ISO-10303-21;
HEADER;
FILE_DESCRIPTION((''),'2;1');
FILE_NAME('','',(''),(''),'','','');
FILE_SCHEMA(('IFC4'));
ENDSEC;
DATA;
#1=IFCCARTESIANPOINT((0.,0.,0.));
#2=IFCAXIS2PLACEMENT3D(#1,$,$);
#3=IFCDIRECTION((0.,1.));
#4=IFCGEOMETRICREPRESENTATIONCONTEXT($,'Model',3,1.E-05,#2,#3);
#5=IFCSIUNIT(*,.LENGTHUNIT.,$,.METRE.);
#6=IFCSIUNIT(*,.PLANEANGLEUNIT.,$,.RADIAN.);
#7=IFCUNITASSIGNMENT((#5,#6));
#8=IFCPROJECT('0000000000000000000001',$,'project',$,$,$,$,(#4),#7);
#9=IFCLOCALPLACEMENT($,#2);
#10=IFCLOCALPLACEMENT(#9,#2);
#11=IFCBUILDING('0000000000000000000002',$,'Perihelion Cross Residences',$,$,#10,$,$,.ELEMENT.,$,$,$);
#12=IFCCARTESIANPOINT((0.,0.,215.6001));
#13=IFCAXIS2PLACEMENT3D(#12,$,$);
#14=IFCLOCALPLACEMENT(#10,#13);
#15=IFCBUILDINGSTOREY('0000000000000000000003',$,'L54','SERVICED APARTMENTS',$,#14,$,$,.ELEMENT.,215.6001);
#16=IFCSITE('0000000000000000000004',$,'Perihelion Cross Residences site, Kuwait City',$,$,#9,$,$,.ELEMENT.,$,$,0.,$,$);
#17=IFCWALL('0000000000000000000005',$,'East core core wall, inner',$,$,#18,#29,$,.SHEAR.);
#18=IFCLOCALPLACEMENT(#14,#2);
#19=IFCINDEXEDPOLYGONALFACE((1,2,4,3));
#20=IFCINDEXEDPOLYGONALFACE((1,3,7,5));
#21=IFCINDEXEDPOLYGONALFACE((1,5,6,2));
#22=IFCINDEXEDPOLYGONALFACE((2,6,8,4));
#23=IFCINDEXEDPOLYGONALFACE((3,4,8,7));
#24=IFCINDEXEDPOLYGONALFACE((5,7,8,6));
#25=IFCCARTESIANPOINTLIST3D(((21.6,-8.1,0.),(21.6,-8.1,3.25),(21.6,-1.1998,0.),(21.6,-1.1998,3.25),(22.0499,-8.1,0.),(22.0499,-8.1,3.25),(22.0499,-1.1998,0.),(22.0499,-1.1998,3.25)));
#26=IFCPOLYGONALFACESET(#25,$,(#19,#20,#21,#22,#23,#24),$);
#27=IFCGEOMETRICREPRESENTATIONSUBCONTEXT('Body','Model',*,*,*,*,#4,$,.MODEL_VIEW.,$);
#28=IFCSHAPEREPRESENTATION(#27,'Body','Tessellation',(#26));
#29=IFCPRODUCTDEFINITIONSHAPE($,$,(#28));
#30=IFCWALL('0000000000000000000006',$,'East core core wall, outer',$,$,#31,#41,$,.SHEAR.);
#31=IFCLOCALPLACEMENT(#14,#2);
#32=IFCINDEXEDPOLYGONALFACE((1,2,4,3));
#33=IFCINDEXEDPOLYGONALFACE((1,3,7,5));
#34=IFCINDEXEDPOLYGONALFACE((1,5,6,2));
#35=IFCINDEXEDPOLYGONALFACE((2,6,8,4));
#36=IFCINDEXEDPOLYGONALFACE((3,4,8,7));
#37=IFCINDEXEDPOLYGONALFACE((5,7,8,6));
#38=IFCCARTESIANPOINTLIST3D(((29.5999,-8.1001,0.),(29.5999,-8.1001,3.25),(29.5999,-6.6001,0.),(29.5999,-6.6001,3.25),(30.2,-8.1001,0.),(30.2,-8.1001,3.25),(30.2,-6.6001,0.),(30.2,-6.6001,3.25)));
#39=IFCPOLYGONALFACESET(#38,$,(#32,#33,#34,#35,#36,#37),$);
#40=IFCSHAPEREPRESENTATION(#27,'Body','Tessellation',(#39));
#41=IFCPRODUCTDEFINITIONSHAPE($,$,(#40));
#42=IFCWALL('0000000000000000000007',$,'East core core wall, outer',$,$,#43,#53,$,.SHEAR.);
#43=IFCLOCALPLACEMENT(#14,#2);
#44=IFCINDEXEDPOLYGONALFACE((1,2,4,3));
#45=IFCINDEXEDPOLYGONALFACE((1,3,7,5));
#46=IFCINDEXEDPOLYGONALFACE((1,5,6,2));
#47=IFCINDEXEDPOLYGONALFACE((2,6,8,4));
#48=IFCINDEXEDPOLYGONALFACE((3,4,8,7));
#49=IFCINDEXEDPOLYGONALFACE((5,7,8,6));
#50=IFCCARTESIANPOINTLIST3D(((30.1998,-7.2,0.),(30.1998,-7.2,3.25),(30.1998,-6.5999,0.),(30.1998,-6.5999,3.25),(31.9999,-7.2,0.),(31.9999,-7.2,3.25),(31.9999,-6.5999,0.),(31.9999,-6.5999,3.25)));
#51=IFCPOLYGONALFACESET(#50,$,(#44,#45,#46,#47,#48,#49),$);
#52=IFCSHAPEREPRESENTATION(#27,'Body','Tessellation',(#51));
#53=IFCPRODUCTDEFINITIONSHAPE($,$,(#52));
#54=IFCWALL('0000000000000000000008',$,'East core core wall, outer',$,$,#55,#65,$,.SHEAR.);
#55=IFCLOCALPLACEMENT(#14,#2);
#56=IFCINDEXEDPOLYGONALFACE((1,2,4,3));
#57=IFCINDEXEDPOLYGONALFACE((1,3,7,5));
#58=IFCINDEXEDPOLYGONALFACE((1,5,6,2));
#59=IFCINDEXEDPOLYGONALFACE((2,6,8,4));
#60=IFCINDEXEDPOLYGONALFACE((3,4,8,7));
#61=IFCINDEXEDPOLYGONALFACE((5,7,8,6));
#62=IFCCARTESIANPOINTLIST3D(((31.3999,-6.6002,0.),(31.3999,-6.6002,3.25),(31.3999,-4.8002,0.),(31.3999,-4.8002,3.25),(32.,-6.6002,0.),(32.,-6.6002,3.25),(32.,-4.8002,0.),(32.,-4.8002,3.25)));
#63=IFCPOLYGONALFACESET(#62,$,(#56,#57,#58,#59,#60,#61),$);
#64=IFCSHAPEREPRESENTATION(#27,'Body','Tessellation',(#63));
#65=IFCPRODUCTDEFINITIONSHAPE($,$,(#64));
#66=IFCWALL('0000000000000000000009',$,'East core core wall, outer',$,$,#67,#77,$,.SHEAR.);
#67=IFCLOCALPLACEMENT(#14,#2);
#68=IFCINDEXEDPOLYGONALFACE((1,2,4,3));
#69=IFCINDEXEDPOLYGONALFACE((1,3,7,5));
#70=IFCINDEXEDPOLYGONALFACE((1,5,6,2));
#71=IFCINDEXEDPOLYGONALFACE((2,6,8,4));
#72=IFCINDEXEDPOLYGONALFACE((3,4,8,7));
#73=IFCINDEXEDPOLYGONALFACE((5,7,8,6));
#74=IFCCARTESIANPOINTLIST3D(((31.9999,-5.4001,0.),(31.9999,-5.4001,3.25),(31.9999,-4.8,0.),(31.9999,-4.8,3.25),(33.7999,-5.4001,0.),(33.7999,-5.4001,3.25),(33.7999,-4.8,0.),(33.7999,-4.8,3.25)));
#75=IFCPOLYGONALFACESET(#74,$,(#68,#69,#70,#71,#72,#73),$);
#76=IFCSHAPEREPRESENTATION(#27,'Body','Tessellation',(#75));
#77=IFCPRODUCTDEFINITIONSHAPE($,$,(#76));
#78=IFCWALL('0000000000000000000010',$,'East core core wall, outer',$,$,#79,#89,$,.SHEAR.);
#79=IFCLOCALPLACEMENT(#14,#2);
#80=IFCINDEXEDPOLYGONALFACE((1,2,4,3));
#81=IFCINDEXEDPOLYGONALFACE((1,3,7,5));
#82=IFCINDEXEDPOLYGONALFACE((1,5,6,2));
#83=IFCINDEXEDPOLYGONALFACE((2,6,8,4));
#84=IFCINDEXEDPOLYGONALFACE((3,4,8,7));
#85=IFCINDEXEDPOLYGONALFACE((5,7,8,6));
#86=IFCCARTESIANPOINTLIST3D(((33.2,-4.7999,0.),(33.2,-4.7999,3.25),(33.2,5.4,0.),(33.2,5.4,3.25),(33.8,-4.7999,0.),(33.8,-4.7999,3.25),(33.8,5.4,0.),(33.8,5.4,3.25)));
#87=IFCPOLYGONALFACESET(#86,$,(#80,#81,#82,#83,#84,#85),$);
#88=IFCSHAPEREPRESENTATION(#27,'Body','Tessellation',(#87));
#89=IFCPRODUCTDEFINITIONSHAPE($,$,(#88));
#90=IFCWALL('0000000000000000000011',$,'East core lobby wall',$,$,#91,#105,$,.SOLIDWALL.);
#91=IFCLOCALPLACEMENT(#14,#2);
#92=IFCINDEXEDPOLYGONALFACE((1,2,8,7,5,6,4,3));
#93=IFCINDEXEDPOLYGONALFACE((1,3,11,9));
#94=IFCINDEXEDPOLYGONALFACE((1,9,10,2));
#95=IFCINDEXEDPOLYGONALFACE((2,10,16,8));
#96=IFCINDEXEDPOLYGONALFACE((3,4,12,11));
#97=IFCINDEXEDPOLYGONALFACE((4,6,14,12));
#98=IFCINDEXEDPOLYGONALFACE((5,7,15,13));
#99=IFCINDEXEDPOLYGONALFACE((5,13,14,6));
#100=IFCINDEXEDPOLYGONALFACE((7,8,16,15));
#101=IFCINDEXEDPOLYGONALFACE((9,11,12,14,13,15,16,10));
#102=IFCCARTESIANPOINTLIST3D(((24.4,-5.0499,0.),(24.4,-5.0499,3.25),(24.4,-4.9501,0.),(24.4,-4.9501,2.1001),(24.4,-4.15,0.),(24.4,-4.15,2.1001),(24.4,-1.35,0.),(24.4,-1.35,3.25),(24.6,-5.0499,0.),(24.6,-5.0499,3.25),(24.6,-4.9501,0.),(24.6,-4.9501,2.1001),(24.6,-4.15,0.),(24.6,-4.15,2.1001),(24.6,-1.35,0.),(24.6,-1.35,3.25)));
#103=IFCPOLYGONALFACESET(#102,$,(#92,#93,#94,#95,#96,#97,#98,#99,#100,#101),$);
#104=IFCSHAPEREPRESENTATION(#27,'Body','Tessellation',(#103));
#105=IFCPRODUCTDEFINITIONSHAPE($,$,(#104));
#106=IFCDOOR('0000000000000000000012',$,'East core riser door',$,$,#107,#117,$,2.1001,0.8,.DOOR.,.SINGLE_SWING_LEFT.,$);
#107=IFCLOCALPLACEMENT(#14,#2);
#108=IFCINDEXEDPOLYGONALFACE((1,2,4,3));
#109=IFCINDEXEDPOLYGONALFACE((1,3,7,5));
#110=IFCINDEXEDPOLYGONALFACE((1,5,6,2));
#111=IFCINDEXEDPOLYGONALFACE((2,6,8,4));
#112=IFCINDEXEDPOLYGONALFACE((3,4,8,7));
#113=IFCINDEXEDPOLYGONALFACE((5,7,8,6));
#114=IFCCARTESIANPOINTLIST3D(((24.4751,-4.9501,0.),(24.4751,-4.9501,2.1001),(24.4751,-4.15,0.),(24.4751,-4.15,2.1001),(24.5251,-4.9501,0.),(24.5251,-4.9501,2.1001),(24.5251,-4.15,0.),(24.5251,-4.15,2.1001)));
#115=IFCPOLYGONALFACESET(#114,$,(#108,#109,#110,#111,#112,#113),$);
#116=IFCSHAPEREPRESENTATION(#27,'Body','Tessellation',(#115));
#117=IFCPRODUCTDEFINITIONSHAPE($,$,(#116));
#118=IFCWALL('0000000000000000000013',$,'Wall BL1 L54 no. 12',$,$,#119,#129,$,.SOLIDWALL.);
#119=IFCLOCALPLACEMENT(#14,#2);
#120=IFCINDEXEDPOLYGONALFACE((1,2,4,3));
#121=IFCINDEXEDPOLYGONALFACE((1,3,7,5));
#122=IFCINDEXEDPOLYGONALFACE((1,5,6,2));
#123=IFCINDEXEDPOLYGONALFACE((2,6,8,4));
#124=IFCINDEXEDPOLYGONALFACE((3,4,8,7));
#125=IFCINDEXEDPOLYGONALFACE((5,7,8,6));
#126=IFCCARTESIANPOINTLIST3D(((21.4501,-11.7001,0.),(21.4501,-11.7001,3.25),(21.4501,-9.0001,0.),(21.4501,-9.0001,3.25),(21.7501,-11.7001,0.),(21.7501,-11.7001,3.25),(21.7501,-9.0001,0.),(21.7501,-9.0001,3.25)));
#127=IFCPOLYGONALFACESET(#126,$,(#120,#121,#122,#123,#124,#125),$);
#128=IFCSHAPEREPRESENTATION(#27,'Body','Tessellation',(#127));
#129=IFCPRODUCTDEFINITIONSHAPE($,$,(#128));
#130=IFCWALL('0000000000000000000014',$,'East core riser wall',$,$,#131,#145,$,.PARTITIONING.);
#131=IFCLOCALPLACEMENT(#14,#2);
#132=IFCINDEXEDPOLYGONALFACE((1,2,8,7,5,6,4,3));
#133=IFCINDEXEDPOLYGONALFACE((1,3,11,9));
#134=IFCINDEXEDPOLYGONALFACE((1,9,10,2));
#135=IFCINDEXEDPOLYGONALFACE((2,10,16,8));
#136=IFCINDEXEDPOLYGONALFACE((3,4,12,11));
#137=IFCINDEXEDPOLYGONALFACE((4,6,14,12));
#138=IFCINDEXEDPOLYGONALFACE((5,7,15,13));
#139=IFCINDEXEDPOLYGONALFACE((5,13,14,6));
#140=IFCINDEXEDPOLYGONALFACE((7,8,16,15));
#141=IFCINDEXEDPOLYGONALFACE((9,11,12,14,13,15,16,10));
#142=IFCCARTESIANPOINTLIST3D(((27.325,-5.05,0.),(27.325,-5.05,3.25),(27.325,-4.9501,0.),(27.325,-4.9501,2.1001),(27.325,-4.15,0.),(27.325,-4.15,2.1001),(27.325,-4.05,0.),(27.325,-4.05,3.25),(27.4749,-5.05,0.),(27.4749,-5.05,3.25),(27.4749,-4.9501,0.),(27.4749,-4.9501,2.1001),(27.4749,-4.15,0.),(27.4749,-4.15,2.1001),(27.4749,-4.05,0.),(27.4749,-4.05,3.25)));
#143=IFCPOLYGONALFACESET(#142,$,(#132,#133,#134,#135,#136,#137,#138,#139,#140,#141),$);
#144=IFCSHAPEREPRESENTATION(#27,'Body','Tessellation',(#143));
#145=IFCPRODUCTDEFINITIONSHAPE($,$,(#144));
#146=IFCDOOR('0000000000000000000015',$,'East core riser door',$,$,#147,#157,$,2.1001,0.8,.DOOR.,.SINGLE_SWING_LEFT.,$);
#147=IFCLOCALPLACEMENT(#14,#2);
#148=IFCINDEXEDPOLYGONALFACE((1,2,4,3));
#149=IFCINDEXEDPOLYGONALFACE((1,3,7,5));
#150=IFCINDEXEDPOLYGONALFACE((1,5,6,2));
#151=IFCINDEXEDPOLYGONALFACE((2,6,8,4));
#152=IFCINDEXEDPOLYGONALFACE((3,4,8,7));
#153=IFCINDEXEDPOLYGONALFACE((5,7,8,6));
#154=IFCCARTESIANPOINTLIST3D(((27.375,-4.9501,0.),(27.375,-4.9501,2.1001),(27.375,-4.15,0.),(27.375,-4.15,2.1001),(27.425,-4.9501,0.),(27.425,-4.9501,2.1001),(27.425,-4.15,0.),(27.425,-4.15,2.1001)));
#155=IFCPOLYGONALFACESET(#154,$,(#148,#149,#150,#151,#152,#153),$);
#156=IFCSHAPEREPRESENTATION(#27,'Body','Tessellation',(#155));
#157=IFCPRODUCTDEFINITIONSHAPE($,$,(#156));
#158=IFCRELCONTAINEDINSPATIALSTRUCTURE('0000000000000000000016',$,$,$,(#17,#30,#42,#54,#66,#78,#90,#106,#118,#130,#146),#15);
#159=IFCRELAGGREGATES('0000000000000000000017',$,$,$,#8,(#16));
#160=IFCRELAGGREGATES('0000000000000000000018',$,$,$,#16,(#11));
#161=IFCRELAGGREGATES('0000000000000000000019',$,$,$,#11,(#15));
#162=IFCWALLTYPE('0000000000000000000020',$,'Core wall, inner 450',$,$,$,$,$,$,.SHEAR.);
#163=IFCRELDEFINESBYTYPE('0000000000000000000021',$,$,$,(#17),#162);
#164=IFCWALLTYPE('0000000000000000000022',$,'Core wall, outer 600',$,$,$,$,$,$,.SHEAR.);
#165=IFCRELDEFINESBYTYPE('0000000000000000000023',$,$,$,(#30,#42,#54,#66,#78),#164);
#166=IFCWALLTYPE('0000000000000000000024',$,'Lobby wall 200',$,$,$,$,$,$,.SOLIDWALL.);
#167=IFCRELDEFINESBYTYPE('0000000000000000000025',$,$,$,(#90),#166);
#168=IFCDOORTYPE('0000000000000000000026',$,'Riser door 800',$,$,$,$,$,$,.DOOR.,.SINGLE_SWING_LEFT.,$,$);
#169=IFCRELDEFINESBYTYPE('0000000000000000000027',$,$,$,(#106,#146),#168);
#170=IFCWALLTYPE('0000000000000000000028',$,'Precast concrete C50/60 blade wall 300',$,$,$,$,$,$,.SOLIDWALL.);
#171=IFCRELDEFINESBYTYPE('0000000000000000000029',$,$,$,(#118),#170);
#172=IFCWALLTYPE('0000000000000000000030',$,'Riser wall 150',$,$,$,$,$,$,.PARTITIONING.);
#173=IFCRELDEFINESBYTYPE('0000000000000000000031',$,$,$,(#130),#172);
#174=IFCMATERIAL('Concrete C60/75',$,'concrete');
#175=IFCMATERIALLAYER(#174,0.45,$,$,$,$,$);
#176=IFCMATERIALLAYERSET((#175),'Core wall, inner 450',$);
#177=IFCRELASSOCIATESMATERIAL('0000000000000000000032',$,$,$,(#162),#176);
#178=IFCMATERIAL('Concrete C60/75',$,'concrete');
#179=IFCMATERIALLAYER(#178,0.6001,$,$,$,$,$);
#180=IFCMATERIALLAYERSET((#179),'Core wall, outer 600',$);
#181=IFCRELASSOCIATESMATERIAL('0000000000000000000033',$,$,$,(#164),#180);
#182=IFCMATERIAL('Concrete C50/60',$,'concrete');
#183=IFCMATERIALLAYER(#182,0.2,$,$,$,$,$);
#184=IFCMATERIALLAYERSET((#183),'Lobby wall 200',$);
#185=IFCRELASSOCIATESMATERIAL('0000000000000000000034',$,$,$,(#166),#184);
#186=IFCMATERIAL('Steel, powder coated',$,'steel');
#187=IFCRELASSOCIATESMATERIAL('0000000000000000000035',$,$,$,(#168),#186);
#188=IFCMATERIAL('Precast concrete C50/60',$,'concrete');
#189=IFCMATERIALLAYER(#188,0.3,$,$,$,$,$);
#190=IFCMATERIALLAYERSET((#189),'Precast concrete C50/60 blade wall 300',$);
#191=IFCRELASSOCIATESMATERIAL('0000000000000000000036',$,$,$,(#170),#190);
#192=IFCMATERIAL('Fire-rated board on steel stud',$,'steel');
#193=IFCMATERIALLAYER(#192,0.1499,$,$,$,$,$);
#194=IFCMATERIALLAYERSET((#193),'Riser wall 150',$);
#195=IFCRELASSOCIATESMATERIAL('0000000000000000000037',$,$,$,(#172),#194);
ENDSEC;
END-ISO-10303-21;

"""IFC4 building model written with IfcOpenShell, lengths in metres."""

from ifc_helpers import new_model, si_unit, direction, frame, frame_2d, origin, place, context, subcontext, project, spatial, rectangle, extrude, material, layer, layer_set, type_object, element, fill, save


model = new_model("IFC4")

# Units and contexts
model_context = context("Model", 3, precision=1e-05, world=origin(), true_north=direction((0.0, 1.0)))
body_context = subcontext(model_context, "Body", "Model", "MODEL_VIEW")
ifc_project = project(units=[si_unit("LENGTHUNIT", "METRE"), si_unit("PLANEANGLEUNIT", "RADIAN")], contexts=[model_context])

# Site, building, storey
site_placement = place(None, origin())
site = spatial("IfcSite", under=ifc_project, at=site_placement, Name="Perihelion Cross Residences site, Kuwait City", CompositionType="ELEMENT", RefElevation=0.0)
building_placement = place(site_placement, origin())
building = spatial("IfcBuilding", under=site, at=building_placement, Name="Perihelion Cross Residences", CompositionType="ELEMENT")
storey_placement = place(building_placement, frame((0.0, 0.0, 215.6001)))
storey = spatial("IfcBuildingStorey", under=building, at=storey_placement, Name="L54", Description="SERVICED APARTMENTS", CompositionType="ELEMENT", Elevation=215.6001)

# Walls
ifc_material_1 = material(Name="Concrete C60/75", Category="concrete")
ifc_layer_1 = layer(ifc_material_1, 0.45)
ifc_layer_set_1 = layer_set([ifc_layer_1], Name="Core wall, inner 450")
wall_type_1 = type_object("IfcWallType", Name="Core wall, inner 450", PredefinedType="SHEAR", material=ifc_layer_set_1)
wall_1_placement = place(storey_placement, frame((21.825, -8.1001, 0.0), z_axis=(0.0, 0.0, 1.0), x_axis=(0.0, 1.0, 0.0)))
element("IfcWall", 1, at=wall_1_placement, inside=storey, type_object=wall_type_1, Name="East core core wall, inner", PredefinedType="SHEAR", context=body_context, shape_type="SweptSolid", body=[
    extrude(rectangle(XDim=6.9001, YDim=0.45, at=frame_2d((3.4502, 0.0))), origin(), (0.0, 0.0, 1.0), 3.25),
])
ifc_material_2 = material(Name="Concrete C60/75", Category="concrete")
ifc_layer_2 = layer(ifc_material_2, 0.6001)
ifc_layer_set_2 = layer_set([ifc_layer_2], Name="Core wall, outer 600")
wall_type_2 = type_object("IfcWallType", Name="Core wall, outer 600", PredefinedType="SHEAR", material=ifc_layer_set_2)
wall_2_placement = place(storey_placement, frame((29.8999, -8.1001, 0.0), z_axis=(0.0, 0.0, 1.0), x_axis=(0.0, 1.0, 0.0)))
element("IfcWall", 2, at=wall_2_placement, inside=storey, type_object=wall_type_2, Name="East core core wall, outer", PredefinedType="SHEAR", context=body_context, shape_type="SweptSolid", body=[
    extrude(rectangle(XDim=1.5, YDim=0.6001, at=frame_2d((0.75, 0.0))), origin(), (0.0, 0.0, 1.0), 3.25),
])
for number, where, z_axis, x_axis, name in (
    (3, (30.2, -6.8999, 0.0), (0.0, 0.0, 1.0), (1.0, 0.0, 0.0), "East core core wall, outer"),
    (4, (31.7, -6.6001, 0.0), (0.0, 0.0, 1.0), (0.0, 1.0, 0.0), "East core core wall, outer"),
    (5, (32.0, -5.1001, 0.0), (0.0, 0.0, 1.0), (1.0, 0.0, 0.0), "East core core wall, outer"),
):
    element("IfcWall", number, at=place(storey_placement, frame(where, z_axis=z_axis, x_axis=x_axis)), inside=storey, type_object=wall_type_2, Name=name, PredefinedType="SHEAR", context=body_context, shape_type="SweptSolid", body=[
        extrude(rectangle(XDim=1.8, YDim=0.6001, at=frame_2d((0.8999, 0.0))), origin(), (0.0, 0.0, 1.0), 3.25),
    ])
wall_3_placement = place(storey_placement, frame((33.5, -4.8, 0.0), z_axis=(0.0, 0.0, 1.0), x_axis=(0.0, 1.0, 0.0)))
element("IfcWall", 6, at=wall_3_placement, inside=storey, type_object=wall_type_2, Name="East core core wall, outer", PredefinedType="SHEAR", context=body_context, shape_type="SweptSolid", body=[
    extrude(rectangle(XDim=10.2, YDim=0.6001, at=frame_2d((5.1001, 0.0))), origin(), (0.0, 0.0, 1.0), 3.25),
])

# Wall, opening, door
ifc_material_3 = material(Name="Concrete C50/60", Category="concrete")
ifc_layer_3 = layer(ifc_material_3, 0.2)
ifc_layer_set_3 = layer_set([ifc_layer_3], Name="Lobby wall 200")
wall_type_3 = type_object("IfcWallType", Name="Lobby wall 200", PredefinedType="SOLIDWALL", material=ifc_layer_set_3)
wall_4_placement = place(storey_placement, frame((24.5, -5.05, 0.0), z_axis=(0.0, 0.0, 1.0), x_axis=(0.0, 1.0, 0.0)))
wall_4 = element("IfcWall", 7, at=wall_4_placement, inside=storey, type_object=wall_type_3, Name="East core lobby wall", PredefinedType="SOLIDWALL", context=body_context, shape_type="SweptSolid", body=[
    extrude(rectangle(XDim=3.7, YDim=0.2, at=frame_2d((1.8501, 0.0))), origin(), (0.0, 0.0, 1.0), 3.25),
])
opening_1_placement = place(wall_4_placement, frame((0.1001, 0.0, 0.0)))
opening_1 = element("IfcOpeningElement", 8, at=opening_1_placement, cuts=wall_4, PredefinedType="OPENING", context=body_context, shape_type="SweptSolid", body=[
    extrude(rectangle(XDim=0.8, YDim=2.1001, at=frame_2d((0.3999, 1.05))), frame((0.0, 0.1099, 0.0), z_axis=(0.0, -1.0, 0.0), x_axis=(1.0, 0.0, 0.0)), (0.0, 0.0, 1.0), 0.22),
])
ifc_material_4 = material(Name="Steel, powder coated", Category="steel")
door_type_1 = type_object("IfcDoorType", Name="Riser door 800", OperationType="SINGLE_SWING_LEFT", PredefinedType="DOOR", material=ifc_material_4)
door_1_placement = place(opening_1_placement, origin())
door_1 = element("IfcDoor", 9, at=door_1_placement, inside=storey, type_object=door_type_1, Name="East core riser door", OperationType="SINGLE_SWING_LEFT", OverallHeight=2.1001, OverallWidth=0.8, PredefinedType="DOOR", context=body_context, shape_type="SweptSolid", body=[
    extrude(rectangle(XDim=0.8, YDim=2.1001, at=frame_2d((0.3999, 1.05))), frame((0.0, 0.0249, 0.0), z_axis=(0.0, -1.0, 0.0), x_axis=(1.0, 0.0, 0.0)), (0.0, 0.0, 1.0), 0.05),
])
fill(opening_1, door_1)

# Wall
ifc_material_5 = material(Name="Precast concrete C50/60", Category="concrete")
ifc_layer_4 = layer(ifc_material_5, 0.3)
ifc_layer_set_4 = layer_set([ifc_layer_4], Name="Precast concrete C50/60 blade wall 300")
wall_type_4 = type_object("IfcWallType", Name="Precast concrete C50/60 blade wall 300", PredefinedType="SOLIDWALL", material=ifc_layer_set_4)
wall_5_placement = place(storey_placement, frame((21.6001, -9.0, 0.0), z_axis=(0.0, 0.0, 1.0), x_axis=(0.0, -1.0, 0.0)))
element("IfcWall", 10, at=wall_5_placement, inside=storey, type_object=wall_type_4, Name="Wall BL1 L54 no. 12", PredefinedType="SOLIDWALL", context=body_context, shape_type="SweptSolid", body=[
    extrude(rectangle(XDim=2.7, YDim=0.3, at=frame_2d((1.3501, 0.0))), origin(), (0.0, 0.0, 1.0), 3.25),
])

# Wall, opening, door
ifc_material_6 = material(Name="Fire-rated board on steel stud", Category="steel")
ifc_layer_5 = layer(ifc_material_6, 0.1499)
ifc_layer_set_5 = layer_set([ifc_layer_5], Name="Riser wall 150")
wall_type_5 = type_object("IfcWallType", Name="Riser wall 150", PredefinedType="PARTITIONING", material=ifc_layer_set_5)
wall_6_placement = place(storey_placement, frame((27.3999, -5.05, 0.0), z_axis=(0.0, 0.0, 1.0), x_axis=(0.0, 1.0, 0.0)))
wall_6 = element("IfcWall", 11, at=wall_6_placement, inside=storey, type_object=wall_type_5, Name="East core riser wall", PredefinedType="PARTITIONING", context=body_context, shape_type="SweptSolid", body=[
    extrude(rectangle(XDim=1.0, YDim=0.1499, at=frame_2d((0.5, 0.0))), origin(), (0.0, 0.0, 1.0), 3.25),
])
opening_2_placement = place(wall_6_placement, frame((0.1001, 0.0, 0.0)))
opening_2 = element("IfcOpeningElement", 12, at=opening_2_placement, cuts=wall_6, PredefinedType="OPENING", context=body_context, shape_type="SweptSolid", body=[
    extrude(rectangle(XDim=0.8, YDim=2.1001, at=frame_2d((0.3999, 1.05))), frame((0.0, 0.085, 0.0), z_axis=(0.0, -1.0, 0.0), x_axis=(1.0, 0.0, 0.0)), (0.0, 0.0, 1.0), 0.1699),
])
door_2_placement = place(opening_2_placement, origin())
door_2 = element("IfcDoor", 13, at=door_2_placement, inside=storey, type_object=door_type_1, Name="East core riser door", OperationType="SINGLE_SWING_LEFT", OverallHeight=2.1001, OverallWidth=0.8, PredefinedType="DOOR", context=body_context, shape_type="SweptSolid", body=[
    extrude(rectangle(XDim=0.8, YDim=2.1001, at=frame_2d((0.3999, 1.05))), frame((0.0, 0.0249, 0.0), z_axis=(0.0, -1.0, 0.0), x_axis=(1.0, 0.0, 0.0)), (0.0, 0.0, 1.0), 0.05),
])
fill(opening_2, door_2)

save(model, "model.ifc")
